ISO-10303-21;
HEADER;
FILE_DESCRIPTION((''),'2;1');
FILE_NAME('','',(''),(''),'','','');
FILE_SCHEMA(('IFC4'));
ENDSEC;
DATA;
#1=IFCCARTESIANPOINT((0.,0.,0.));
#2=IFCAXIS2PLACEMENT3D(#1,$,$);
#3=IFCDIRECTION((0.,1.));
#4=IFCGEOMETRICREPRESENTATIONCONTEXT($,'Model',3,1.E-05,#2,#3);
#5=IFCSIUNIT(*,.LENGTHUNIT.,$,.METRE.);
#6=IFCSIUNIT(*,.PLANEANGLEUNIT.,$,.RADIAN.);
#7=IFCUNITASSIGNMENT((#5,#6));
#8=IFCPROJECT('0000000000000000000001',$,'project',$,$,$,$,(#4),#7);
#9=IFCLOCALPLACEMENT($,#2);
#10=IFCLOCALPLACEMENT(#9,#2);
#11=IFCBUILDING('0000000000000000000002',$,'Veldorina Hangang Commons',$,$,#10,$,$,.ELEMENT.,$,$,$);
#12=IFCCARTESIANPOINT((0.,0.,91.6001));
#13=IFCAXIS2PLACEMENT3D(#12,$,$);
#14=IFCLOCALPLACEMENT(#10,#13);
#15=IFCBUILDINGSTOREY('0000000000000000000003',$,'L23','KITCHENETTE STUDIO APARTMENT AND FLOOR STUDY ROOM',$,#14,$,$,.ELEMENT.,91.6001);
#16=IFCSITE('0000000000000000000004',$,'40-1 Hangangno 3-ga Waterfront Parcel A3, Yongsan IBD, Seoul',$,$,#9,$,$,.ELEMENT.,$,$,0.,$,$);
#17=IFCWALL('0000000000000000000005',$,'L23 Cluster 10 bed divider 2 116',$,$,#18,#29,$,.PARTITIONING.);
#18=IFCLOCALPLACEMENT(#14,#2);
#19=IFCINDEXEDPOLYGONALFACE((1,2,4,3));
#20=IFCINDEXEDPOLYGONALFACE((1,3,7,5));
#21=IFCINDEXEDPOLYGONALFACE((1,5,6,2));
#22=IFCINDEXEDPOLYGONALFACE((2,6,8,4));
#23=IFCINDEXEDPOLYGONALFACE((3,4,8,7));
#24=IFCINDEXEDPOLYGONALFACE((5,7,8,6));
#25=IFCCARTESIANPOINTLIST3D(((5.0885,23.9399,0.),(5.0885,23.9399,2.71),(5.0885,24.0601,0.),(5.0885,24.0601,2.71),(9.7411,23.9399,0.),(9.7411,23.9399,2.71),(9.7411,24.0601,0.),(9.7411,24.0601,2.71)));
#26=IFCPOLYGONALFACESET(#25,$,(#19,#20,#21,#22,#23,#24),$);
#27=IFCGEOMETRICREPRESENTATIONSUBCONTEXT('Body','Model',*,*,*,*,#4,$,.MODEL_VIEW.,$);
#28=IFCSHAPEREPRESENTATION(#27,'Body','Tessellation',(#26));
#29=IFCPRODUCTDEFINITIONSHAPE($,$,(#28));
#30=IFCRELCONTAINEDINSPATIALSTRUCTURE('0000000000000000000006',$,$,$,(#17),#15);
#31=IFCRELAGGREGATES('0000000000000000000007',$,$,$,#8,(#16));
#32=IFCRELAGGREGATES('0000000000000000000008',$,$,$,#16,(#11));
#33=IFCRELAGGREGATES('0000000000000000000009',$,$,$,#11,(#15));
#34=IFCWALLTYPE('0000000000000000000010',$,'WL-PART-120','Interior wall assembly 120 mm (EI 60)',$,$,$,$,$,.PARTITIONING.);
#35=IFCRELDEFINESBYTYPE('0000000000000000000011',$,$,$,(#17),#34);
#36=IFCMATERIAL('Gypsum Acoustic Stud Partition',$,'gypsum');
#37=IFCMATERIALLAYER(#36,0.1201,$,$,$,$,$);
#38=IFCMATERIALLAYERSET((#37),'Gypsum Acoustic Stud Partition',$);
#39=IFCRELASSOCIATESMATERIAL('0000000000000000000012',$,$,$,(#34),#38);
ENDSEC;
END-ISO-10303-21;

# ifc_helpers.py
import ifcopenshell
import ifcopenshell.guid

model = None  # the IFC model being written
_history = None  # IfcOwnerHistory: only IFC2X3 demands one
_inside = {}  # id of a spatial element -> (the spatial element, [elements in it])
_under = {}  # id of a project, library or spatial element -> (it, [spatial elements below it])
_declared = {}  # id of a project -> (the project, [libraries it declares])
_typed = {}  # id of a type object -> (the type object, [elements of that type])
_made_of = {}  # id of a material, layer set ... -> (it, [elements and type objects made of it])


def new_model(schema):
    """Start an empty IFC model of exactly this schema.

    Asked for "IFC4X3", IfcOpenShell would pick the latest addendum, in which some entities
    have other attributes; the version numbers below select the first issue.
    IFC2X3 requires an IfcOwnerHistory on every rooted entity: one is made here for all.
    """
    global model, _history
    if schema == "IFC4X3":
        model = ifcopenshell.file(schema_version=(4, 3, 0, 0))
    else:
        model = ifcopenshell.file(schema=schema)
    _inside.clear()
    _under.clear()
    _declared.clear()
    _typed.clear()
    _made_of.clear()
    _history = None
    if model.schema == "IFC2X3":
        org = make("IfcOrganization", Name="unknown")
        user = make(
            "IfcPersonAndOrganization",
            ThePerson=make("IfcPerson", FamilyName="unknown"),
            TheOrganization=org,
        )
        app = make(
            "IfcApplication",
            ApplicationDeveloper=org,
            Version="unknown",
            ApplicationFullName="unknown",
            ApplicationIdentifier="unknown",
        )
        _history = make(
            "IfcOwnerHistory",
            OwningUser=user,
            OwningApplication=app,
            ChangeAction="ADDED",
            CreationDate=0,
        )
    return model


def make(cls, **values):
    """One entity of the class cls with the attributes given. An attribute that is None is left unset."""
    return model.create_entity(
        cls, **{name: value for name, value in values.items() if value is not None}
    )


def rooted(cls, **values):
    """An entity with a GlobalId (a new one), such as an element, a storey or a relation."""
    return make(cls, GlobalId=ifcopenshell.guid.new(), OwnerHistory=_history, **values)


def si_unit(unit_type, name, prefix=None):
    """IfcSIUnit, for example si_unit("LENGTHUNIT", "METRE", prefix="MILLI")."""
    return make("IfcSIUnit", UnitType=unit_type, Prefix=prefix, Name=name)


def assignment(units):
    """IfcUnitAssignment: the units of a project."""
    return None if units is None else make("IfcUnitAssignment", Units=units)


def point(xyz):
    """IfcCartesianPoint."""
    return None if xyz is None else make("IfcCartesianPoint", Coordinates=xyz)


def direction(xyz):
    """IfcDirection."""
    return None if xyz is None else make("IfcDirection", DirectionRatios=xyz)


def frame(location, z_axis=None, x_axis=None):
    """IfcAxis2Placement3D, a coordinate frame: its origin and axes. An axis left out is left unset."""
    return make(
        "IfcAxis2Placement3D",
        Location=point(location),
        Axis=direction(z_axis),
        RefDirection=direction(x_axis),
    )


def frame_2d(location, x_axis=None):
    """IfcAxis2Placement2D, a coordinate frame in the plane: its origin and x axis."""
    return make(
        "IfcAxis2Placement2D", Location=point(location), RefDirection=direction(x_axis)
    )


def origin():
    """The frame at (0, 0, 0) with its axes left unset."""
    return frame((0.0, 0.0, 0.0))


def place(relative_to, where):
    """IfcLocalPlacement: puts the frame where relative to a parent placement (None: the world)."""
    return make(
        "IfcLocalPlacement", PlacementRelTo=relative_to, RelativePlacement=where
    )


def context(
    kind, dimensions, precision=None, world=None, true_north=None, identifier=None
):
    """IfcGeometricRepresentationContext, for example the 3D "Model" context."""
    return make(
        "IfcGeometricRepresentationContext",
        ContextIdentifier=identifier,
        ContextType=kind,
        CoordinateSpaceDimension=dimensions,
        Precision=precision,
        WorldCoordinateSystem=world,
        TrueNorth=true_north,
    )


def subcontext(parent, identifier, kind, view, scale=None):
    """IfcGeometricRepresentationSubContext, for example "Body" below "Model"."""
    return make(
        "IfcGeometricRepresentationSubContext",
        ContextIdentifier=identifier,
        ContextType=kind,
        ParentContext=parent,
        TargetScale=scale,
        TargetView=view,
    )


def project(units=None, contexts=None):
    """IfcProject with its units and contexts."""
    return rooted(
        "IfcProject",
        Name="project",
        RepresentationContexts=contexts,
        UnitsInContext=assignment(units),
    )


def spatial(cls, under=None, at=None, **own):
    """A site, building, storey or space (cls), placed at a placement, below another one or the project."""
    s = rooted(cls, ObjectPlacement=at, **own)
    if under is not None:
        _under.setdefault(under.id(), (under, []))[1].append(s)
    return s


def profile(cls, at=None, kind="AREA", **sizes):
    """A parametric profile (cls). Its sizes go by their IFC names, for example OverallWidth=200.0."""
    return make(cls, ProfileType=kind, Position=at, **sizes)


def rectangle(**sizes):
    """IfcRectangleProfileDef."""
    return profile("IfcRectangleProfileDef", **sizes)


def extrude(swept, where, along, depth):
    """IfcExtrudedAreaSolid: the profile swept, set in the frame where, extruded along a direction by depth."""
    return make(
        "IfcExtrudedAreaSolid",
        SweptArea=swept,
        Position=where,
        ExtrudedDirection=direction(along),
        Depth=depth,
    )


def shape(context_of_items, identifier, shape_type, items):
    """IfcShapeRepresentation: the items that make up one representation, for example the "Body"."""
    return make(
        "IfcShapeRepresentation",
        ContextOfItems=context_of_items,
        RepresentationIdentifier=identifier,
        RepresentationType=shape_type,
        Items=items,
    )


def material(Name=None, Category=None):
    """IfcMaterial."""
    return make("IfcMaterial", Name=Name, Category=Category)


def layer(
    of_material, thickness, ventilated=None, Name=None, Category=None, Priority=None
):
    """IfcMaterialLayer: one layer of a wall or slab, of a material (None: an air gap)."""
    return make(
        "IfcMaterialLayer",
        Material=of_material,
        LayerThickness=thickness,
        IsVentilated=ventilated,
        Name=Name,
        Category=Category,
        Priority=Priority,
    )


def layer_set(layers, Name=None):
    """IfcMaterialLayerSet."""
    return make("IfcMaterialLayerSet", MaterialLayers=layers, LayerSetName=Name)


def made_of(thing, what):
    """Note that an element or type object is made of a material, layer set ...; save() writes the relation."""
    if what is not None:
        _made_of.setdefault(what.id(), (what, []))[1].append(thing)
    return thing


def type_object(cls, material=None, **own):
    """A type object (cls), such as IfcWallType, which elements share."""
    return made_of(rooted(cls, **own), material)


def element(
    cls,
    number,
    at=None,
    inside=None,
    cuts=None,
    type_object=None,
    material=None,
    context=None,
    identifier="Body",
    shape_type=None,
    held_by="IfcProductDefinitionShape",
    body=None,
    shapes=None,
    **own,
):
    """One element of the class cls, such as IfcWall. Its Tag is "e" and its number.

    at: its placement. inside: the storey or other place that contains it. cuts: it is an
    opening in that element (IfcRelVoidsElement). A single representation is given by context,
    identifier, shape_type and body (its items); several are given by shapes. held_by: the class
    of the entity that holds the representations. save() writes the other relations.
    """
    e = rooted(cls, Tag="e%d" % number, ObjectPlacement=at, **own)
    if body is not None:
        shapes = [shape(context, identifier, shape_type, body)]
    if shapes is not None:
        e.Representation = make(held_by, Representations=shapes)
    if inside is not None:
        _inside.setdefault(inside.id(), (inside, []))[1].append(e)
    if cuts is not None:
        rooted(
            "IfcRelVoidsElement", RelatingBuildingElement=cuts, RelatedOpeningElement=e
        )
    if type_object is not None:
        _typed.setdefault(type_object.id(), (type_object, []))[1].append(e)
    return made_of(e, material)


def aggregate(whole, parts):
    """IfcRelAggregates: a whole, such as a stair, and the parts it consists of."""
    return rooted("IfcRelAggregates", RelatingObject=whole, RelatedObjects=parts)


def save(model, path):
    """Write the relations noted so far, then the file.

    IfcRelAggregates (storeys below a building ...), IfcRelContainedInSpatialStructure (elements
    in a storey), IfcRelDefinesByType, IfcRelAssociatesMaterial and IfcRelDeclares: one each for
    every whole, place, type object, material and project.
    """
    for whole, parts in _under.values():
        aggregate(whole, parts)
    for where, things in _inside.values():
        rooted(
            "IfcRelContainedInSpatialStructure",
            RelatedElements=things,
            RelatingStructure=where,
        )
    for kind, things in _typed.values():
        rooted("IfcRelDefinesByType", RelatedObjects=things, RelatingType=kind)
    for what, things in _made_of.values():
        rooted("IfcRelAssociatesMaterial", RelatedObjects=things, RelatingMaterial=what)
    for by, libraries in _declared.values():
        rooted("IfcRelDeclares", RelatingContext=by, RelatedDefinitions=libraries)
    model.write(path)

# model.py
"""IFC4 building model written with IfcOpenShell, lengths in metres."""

from ifc_helpers import new_model, si_unit, direction, frame, frame_2d, origin, place, context, subcontext, project, spatial, rectangle, extrude, material, layer, layer_set, type_object, element, save


model = new_model("IFC4")

# Units and contexts
model_context = context("Model", 3, precision=1e-05, world=origin(), true_north=direction((0.0, 1.0)))
body_context = subcontext(model_context, "Body", "Model", "MODEL_VIEW")
ifc_project = project(units=[si_unit("LENGTHUNIT", "METRE"), si_unit("PLANEANGLEUNIT", "RADIAN")], contexts=[model_context])

# Site, building, storey
site_placement = place(None, origin())
site = spatial("IfcSite", under=ifc_project, at=site_placement, Name="40-1 Hangangno 3-ga Waterfront Parcel A3, Yongsan IBD, Seoul", CompositionType="ELEMENT", RefElevation=0.0)
building_placement = place(site_placement, origin())
building = spatial("IfcBuilding", under=site, at=building_placement, Name="Veldorina Hangang Commons", CompositionType="ELEMENT")
storey_placement = place(building_placement, frame((0.0, 0.0, 91.6001)))
storey = spatial("IfcBuildingStorey", under=building, at=storey_placement, Name="L23", Description="KITCHENETTE STUDIO APARTMENT AND FLOOR STUDY ROOM", CompositionType="ELEMENT", Elevation=91.6001)

# Shared definitions
ifc_material_1 = material(Name="Gypsum Acoustic Stud Partition", Category="gypsum")
ifc_layer_1 = layer(ifc_material_1, 0.1201)
ifc_layer_set_1 = layer_set([ifc_layer_1], Name="Gypsum Acoustic Stud Partition")
wall_type_1 = type_object("IfcWallType", Name="WL-PART-120", Description="Interior wall assembly 120 mm (EI 60)", PredefinedType="PARTITIONING", material=ifc_layer_set_1)

# Wall
wall_1_placement = place(storey_placement, frame((9.741, 24.0, 0.0), z_axis=(0.0, 0.0, 1.0), x_axis=(-1.0, 0.0, 0.0)))
element("IfcWall", 1, at=wall_1_placement, inside=storey, type_object=wall_type_1, Name="L23 Cluster 10 bed divider 2 116", PredefinedType="PARTITIONING", context=body_context, shape_type="SweptSolid", body=[
    extrude(rectangle(XDim=4.6526, YDim=0.1201, at=frame_2d((2.3262, 0.0))), origin(), (0.0, 0.0, 1.0), 2.71),
])

save(model, "model.ifc")
